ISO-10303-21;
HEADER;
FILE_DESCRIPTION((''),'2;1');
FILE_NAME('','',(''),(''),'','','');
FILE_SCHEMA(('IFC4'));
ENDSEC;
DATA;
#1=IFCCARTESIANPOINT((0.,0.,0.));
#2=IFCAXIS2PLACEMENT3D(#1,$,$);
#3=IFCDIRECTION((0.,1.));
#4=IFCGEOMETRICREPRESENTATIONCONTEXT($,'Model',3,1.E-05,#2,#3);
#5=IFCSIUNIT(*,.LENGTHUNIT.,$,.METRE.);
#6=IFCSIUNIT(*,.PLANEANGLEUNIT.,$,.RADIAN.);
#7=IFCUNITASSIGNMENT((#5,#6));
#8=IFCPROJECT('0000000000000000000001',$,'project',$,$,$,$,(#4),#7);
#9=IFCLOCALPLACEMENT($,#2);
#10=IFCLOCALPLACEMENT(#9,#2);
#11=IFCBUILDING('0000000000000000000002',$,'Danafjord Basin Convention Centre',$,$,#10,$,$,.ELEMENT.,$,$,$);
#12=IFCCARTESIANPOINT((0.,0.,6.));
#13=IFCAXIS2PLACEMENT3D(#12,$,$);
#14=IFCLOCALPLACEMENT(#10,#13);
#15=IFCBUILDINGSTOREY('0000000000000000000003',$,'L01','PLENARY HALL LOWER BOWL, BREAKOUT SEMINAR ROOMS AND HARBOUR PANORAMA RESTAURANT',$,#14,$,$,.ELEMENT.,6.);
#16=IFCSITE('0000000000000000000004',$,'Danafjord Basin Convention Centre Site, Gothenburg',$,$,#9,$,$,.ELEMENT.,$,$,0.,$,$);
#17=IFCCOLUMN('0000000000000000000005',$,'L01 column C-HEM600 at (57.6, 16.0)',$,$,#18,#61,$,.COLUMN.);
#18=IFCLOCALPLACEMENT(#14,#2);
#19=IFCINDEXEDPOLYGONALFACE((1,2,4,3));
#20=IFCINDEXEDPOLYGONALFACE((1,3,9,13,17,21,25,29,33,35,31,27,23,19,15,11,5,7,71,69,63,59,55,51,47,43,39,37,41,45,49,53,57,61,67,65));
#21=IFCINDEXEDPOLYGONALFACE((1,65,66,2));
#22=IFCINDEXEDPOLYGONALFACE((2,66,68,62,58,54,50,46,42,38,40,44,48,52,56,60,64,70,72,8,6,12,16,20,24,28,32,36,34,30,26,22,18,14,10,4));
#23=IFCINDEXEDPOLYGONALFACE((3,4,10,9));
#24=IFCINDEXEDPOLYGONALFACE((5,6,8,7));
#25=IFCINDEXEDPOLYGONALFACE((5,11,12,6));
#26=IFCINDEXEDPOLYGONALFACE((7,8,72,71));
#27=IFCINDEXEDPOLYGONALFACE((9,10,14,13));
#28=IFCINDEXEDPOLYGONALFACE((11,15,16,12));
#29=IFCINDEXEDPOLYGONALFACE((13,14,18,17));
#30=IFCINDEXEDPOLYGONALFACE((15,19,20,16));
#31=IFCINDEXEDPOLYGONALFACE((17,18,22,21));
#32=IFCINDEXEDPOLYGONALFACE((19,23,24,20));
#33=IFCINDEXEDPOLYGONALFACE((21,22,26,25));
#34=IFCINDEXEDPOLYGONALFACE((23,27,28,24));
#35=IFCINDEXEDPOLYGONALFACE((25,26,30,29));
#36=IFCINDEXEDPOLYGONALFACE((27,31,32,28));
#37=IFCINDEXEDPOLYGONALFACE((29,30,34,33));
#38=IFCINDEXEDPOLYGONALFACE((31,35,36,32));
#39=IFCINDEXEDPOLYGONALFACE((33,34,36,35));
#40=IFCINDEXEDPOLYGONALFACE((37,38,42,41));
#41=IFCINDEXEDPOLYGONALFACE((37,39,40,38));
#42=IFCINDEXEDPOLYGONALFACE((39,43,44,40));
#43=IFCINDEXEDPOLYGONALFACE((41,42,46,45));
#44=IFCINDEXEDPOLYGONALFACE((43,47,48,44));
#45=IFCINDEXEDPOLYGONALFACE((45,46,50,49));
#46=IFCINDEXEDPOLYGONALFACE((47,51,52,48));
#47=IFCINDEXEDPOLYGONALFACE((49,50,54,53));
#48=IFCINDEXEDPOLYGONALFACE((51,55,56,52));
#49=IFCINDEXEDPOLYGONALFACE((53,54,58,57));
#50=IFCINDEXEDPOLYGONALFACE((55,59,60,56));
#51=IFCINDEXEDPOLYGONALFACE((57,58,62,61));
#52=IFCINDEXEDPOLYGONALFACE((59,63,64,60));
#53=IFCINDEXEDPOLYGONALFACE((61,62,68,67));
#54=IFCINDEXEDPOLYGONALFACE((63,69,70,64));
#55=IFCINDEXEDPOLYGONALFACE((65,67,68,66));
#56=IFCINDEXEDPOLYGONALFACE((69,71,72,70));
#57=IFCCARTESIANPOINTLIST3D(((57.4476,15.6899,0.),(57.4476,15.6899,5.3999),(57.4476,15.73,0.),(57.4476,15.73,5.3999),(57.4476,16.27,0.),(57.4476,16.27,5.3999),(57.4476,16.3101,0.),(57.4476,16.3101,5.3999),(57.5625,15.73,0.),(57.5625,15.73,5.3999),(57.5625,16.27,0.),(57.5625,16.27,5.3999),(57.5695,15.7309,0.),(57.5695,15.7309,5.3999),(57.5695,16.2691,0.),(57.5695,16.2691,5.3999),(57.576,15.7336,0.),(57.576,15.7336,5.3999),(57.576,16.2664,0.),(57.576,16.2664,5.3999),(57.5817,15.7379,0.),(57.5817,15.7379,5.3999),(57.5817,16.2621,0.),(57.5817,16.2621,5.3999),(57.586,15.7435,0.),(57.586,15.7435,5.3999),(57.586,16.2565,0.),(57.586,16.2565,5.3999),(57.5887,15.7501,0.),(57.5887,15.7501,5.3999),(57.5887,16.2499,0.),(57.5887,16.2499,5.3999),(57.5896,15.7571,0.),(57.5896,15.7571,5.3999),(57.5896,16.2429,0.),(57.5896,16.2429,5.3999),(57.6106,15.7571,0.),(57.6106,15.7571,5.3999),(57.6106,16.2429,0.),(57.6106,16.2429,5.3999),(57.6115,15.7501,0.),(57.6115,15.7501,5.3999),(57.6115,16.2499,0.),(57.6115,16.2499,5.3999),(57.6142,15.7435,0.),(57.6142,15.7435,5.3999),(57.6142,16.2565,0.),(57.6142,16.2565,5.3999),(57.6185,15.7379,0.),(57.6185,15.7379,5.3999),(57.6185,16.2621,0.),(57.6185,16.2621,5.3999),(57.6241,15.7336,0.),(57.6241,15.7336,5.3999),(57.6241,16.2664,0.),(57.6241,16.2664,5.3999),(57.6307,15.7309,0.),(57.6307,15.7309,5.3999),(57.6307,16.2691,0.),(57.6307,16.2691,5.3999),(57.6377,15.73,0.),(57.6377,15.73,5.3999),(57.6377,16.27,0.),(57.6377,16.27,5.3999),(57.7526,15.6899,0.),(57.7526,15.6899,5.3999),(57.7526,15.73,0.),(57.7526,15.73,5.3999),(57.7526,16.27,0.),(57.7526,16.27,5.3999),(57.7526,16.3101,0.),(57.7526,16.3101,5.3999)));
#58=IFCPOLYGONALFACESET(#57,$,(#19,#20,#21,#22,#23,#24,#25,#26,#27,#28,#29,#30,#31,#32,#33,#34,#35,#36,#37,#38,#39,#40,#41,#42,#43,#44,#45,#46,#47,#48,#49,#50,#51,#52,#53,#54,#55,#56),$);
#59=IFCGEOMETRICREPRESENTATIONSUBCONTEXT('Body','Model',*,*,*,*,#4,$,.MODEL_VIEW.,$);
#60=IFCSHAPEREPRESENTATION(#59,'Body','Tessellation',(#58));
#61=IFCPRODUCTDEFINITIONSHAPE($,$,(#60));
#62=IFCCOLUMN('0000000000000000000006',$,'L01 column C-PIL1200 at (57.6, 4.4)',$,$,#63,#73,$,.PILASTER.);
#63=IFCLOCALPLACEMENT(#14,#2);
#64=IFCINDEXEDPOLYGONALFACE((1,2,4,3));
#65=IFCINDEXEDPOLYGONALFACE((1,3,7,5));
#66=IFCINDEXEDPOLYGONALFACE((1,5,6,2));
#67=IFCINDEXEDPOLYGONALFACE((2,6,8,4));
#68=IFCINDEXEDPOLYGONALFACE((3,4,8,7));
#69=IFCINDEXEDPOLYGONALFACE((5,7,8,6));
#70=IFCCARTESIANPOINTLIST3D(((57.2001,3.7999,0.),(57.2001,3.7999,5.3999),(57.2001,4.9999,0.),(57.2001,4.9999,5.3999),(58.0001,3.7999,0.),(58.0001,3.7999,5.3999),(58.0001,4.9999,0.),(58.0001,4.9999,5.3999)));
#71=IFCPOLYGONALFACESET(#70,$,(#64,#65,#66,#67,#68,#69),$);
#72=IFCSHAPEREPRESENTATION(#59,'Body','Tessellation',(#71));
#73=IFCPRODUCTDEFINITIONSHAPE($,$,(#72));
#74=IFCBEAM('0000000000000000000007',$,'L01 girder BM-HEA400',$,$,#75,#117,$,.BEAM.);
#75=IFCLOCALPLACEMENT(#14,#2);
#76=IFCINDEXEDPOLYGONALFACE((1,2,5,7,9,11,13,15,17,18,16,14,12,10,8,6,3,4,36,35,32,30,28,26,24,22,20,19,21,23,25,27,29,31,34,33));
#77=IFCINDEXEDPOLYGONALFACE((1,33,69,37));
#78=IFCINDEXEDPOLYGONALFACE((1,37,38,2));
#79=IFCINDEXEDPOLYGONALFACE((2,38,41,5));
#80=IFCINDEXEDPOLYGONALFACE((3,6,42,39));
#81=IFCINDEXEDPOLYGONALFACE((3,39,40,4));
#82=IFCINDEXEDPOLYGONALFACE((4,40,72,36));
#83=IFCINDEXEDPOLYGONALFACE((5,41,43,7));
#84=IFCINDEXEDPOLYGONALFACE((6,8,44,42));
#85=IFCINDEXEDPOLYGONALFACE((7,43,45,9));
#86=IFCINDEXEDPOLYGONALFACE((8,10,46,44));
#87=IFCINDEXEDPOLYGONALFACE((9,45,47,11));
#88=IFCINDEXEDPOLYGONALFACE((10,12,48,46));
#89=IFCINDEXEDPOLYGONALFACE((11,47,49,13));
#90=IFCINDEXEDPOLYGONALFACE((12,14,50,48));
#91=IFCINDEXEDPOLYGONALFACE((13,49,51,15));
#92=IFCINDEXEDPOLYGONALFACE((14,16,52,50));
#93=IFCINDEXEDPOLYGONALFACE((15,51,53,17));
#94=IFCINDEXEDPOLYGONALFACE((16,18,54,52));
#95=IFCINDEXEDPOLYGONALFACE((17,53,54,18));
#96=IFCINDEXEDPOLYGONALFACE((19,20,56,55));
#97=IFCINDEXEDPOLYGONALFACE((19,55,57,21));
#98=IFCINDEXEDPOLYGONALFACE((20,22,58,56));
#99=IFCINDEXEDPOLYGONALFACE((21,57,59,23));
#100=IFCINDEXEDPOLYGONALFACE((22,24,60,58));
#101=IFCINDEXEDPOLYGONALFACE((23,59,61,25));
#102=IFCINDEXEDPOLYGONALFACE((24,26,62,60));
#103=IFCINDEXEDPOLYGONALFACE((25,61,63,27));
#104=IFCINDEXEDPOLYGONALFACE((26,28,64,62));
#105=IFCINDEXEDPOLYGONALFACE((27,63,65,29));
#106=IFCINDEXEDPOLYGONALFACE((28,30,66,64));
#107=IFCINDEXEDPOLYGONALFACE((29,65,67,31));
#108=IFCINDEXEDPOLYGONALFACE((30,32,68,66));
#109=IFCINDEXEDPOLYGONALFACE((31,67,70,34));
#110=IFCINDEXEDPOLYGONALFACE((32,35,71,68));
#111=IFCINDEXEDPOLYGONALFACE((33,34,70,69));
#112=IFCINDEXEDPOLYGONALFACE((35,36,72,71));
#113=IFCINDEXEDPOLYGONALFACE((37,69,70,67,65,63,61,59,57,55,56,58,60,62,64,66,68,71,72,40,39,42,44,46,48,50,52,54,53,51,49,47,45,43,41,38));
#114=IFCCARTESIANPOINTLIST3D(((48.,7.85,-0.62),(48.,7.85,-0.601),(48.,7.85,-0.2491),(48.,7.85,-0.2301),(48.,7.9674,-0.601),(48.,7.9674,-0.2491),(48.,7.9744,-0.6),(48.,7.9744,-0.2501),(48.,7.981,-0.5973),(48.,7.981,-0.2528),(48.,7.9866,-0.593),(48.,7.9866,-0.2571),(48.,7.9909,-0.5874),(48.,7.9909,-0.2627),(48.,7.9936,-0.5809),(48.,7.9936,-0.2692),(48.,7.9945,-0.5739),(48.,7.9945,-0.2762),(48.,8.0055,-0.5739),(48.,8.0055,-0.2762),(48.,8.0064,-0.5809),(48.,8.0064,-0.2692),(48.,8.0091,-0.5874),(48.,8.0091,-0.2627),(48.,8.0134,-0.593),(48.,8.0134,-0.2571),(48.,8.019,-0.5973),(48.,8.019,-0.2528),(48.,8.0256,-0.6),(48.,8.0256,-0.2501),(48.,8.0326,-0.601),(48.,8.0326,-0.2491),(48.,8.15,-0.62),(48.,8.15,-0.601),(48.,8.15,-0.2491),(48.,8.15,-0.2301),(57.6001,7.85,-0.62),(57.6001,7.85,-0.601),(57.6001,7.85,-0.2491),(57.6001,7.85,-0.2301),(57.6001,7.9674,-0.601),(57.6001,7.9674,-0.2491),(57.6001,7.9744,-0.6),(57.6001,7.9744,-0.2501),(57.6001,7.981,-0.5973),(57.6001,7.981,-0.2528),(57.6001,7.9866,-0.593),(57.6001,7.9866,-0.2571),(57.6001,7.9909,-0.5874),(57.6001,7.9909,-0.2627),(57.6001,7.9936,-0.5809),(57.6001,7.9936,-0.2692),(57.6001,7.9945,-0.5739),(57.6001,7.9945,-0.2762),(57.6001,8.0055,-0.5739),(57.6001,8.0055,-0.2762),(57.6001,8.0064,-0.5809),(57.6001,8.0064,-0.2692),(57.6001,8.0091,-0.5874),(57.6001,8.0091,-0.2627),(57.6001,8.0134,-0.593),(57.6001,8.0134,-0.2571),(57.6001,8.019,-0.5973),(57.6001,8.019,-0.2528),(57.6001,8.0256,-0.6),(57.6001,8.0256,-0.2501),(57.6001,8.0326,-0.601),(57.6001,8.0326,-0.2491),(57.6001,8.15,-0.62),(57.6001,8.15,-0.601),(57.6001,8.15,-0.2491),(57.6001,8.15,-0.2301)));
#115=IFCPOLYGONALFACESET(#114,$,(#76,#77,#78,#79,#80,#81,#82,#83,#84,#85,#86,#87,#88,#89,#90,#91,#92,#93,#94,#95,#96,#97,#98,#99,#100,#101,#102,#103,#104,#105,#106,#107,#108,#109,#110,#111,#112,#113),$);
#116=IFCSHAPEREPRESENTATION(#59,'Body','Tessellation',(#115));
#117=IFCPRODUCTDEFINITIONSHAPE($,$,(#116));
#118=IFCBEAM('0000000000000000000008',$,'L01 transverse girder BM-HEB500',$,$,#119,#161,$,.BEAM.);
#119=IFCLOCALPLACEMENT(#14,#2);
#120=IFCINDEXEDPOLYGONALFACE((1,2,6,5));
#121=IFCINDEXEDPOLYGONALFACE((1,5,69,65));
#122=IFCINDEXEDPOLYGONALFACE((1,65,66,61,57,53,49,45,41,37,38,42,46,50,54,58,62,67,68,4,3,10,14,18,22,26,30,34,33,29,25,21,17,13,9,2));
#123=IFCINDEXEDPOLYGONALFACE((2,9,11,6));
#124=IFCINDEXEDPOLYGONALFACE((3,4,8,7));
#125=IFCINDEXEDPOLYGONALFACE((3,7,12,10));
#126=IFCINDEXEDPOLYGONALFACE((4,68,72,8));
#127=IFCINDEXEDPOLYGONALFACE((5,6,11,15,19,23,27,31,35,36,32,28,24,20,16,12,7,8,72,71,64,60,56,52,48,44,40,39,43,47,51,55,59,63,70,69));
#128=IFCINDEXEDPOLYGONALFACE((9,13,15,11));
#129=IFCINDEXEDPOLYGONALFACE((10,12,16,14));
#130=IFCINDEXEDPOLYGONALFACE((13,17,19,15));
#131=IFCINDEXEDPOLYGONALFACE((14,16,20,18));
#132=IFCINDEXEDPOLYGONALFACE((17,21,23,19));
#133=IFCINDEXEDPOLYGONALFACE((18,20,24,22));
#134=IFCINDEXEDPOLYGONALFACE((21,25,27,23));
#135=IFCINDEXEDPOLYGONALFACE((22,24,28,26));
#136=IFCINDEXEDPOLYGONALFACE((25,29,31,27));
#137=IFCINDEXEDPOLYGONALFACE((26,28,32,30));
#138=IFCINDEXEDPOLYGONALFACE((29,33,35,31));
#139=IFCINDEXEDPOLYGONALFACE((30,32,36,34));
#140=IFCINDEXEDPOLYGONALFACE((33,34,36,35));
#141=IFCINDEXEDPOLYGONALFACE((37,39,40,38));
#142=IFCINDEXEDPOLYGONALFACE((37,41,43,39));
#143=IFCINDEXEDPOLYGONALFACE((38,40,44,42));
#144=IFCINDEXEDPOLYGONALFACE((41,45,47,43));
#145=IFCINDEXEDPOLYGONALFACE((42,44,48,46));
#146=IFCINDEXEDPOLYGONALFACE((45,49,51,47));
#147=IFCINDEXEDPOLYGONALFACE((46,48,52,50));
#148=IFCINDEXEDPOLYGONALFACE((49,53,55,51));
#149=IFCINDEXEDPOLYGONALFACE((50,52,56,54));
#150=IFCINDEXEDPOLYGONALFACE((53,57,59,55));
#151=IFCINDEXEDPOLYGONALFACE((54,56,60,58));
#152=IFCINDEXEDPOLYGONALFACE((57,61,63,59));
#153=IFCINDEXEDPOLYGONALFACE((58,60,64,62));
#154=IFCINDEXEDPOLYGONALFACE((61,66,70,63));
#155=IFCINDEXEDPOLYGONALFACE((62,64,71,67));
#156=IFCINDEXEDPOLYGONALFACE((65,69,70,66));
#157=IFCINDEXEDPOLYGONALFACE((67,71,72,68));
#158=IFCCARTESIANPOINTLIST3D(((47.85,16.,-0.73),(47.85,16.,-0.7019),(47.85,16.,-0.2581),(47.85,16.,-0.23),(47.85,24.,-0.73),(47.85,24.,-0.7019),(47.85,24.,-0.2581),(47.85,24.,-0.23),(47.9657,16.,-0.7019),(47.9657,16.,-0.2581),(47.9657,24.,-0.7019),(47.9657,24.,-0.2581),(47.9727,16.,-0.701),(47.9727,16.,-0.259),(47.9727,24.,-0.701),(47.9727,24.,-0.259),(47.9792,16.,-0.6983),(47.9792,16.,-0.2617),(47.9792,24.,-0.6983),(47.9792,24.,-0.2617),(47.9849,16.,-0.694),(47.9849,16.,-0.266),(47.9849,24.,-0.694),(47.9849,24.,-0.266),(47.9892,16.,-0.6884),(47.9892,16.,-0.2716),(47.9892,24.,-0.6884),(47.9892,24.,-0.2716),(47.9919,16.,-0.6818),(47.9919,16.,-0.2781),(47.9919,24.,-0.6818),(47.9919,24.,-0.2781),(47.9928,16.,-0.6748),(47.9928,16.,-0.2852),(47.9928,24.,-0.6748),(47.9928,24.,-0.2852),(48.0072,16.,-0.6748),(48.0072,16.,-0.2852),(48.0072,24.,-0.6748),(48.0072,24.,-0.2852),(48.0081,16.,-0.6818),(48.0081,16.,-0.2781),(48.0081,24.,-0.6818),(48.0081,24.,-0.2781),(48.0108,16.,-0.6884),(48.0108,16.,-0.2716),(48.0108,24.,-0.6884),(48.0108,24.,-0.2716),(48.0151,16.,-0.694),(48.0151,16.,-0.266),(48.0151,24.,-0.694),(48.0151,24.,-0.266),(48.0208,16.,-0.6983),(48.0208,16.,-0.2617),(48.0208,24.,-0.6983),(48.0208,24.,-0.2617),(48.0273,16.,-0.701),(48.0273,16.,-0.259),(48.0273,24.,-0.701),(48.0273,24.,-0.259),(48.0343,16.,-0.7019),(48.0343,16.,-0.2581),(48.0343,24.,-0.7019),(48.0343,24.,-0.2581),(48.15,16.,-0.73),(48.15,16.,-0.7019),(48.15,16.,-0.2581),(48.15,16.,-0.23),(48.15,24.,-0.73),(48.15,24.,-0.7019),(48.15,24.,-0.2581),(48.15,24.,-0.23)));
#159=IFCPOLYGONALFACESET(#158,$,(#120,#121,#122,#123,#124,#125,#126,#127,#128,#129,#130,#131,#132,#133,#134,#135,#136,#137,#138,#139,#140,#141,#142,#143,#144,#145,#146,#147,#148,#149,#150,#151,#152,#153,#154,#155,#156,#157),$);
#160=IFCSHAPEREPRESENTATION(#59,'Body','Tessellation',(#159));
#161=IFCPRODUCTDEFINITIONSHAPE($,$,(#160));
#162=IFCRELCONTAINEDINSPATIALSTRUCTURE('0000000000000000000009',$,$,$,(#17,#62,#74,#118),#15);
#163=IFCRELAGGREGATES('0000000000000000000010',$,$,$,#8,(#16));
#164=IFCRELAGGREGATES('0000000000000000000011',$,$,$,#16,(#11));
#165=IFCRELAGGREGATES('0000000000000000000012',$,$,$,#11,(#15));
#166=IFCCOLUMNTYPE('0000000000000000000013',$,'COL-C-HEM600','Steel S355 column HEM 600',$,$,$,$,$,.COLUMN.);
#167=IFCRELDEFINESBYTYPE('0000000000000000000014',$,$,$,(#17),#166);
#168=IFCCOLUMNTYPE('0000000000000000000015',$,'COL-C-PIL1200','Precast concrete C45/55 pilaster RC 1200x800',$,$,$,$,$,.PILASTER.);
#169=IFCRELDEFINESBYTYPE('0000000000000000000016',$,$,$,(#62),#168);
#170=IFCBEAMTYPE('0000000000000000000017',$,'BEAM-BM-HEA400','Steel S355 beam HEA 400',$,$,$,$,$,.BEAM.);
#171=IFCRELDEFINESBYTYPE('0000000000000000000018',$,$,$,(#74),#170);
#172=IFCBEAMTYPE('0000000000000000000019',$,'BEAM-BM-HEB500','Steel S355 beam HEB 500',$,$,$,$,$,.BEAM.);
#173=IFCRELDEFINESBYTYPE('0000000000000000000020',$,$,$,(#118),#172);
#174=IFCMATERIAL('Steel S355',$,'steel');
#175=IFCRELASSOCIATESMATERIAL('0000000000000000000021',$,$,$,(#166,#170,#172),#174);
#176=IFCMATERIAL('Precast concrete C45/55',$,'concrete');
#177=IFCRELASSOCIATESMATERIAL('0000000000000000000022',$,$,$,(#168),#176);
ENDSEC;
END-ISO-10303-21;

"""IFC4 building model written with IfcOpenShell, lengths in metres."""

from ifc_helpers import new_model, si_unit, direction, frame, origin, origin_2d, place, context, subcontext, project, spatial, rectangle, i_section, extrude, material, material_profile, profile_set, type_object, element, save


model = new_model("IFC4")

# Units and contexts
model_context = context("Model", 3, precision=1e-05, world=origin(), true_north=direction((0.0, 1.0)))
body_context = subcontext(model_context, "Body", "Model", "MODEL_VIEW")
ifc_project = project(units=[si_unit("LENGTHUNIT", "METRE"), si_unit("PLANEANGLEUNIT", "RADIAN")], contexts=[model_context])

# Site, building, storey
site_placement = place(None, origin())
site = spatial("IfcSite", under=ifc_project, at=site_placement, Name="Danafjord Basin Convention Centre Site, Gothenburg", CompositionType="ELEMENT", RefElevation=0.0)
building_placement = place(site_placement, origin())
building = spatial("IfcBuilding", under=site, at=building_placement, Name="Danafjord Basin Convention Centre", CompositionType="ELEMENT")
storey_placement = place(building_placement, frame((0.0, 0.0, 6.0)))
storey = spatial("IfcBuildingStorey", under=building, at=storey_placement, Name="L01", Description="PLENARY HALL LOWER BOWL, BREAKOUT SEMINAR ROOMS AND HARBOUR PANORAMA RESTAURANT", CompositionType="ELEMENT", Elevation=6.0)

# Columns
ifc_material_1 = material(Name="Steel S355", Category="steel")
ifc_material_profile_1 = material_profile(ifc_material_1, i_section(OverallWidth=0.3049, OverallDepth=0.6201, WebThickness=0.021, FlangeThickness=0.04, FilletRadius=0.0271, at=origin_2d()), Name="HEM 600")
ifc_profile_set_1 = profile_set([ifc_material_profile_1], Name="Steel S355")
column_type_1 = type_object("IfcColumnType", Name="COL-C-HEM600", Description="Steel S355 column HEM 600", PredefinedType="COLUMN", material=ifc_profile_set_1)
column_1_placement = place(storey_placement, frame((57.6001, 16.0, 0.0), z_axis=(0.0, 0.0, 1.0), x_axis=(1.0, 0.0, 0.0)))
element("IfcColumn", 1, at=column_1_placement, inside=storey, type_object=column_type_1, Name="L01 column C-HEM600 at (57.6, 16.0)", PredefinedType="COLUMN", context=body_context, shape_type="SweptSolid", body=[
    extrude(i_section(OverallWidth=0.3049, OverallDepth=0.6201, WebThickness=0.021, FlangeThickness=0.04, FilletRadius=0.0271, at=origin_2d()), origin(), (0.0, 0.0, 1.0), 5.3999),
])
ifc_material_2 = material(Name="Precast concrete C45/55", Category="concrete")
ifc_material_profile_2 = material_profile(ifc_material_2, rectangle(XDim=0.8, YDim=1.2, at=origin_2d()), Name="RC 1200x800")
ifc_profile_set_2 = profile_set([ifc_material_profile_2], Name="Precast concrete C45/55")
column_type_2 = type_object("IfcColumnType", Name="COL-C-PIL1200", Description="Precast concrete C45/55 pilaster RC 1200x800", PredefinedType="PILASTER", material=ifc_profile_set_2)
column_2_placement = place(storey_placement, frame((57.6001, 4.3999, 0.0), z_axis=(0.0, 0.0, 1.0), x_axis=(1.0, 0.0, 0.0)))
element("IfcColumn", 2, at=column_2_placement, inside=storey, type_object=column_type_2, Name="L01 column C-PIL1200 at (57.6, 4.4)", PredefinedType="PILASTER", context=body_context, shape_type="SweptSolid", body=[
    extrude(rectangle(XDim=0.8, YDim=1.2, at=origin_2d()), origin(), (0.0, 0.0, 1.0), 5.3999),
])

# Beams
ifc_material_profile_3 = material_profile(ifc_material_1, i_section(OverallWidth=0.3, OverallDepth=0.3899, WebThickness=0.011, FlangeThickness=0.019, FilletRadius=0.0271, at=origin_2d()), Name="HEA 400")
ifc_profile_set_3 = profile_set([ifc_material_profile_3], Name="Steel S355")
beam_type_1 = type_object("IfcBeamType", Name="BEAM-BM-HEA400", Description="Steel S355 beam HEA 400", PredefinedType="BEAM", material=ifc_profile_set_3)
beam_1_placement = place(storey_placement, frame((48.0, 8.0, -0.425), z_axis=(1.0, 0.0, 0.0), x_axis=(0.0, 1.0, 0.0)))
element("IfcBeam", 3, at=beam_1_placement, inside=storey, type_object=beam_type_1, Name="L01 girder BM-HEA400", PredefinedType="BEAM", context=body_context, shape_type="SweptSolid", body=[
    extrude(i_section(OverallWidth=0.3, OverallDepth=0.3899, WebThickness=0.011, FlangeThickness=0.019, FilletRadius=0.0271, at=origin_2d()), origin(), (0.0, 0.0, 1.0), 9.6001),
])
ifc_material_profile_4 = material_profile(ifc_material_1, i_section(OverallWidth=0.3, OverallDepth=0.5, WebThickness=0.0144, FlangeThickness=0.0281, FilletRadius=0.0271, at=origin_2d()), Name="HEB 500")
ifc_profile_set_4 = profile_set([ifc_material_profile_4], Name="Steel S355")
beam_type_2 = type_object("IfcBeamType", Name="BEAM-BM-HEB500", Description="Steel S355 beam HEB 500", PredefinedType="BEAM", material=ifc_profile_set_4)
for number, where, z_axis, x_axis, name in (
    (4, (48.0, 16.0, -0.48), (0.0, 1.0, 0.0), (-1.0, 0.0, 0.0), "L01 transverse girder BM-HEB500"),
):
    element("IfcBeam", number, at=place(storey_placement, frame(where, z_axis=z_axis, x_axis=x_axis)), inside=storey, type_object=beam_type_2, Name=name, PredefinedType="BEAM", context=body_context, shape_type="SweptSolid", body=[
        extrude(i_section(OverallWidth=0.3, OverallDepth=0.5, WebThickness=0.0144, FlangeThickness=0.0281, FilletRadius=0.0271, at=origin_2d()), origin(), (0.0, 0.0, 1.0), 8.0),
    ])

save(model, "model.ifc")
